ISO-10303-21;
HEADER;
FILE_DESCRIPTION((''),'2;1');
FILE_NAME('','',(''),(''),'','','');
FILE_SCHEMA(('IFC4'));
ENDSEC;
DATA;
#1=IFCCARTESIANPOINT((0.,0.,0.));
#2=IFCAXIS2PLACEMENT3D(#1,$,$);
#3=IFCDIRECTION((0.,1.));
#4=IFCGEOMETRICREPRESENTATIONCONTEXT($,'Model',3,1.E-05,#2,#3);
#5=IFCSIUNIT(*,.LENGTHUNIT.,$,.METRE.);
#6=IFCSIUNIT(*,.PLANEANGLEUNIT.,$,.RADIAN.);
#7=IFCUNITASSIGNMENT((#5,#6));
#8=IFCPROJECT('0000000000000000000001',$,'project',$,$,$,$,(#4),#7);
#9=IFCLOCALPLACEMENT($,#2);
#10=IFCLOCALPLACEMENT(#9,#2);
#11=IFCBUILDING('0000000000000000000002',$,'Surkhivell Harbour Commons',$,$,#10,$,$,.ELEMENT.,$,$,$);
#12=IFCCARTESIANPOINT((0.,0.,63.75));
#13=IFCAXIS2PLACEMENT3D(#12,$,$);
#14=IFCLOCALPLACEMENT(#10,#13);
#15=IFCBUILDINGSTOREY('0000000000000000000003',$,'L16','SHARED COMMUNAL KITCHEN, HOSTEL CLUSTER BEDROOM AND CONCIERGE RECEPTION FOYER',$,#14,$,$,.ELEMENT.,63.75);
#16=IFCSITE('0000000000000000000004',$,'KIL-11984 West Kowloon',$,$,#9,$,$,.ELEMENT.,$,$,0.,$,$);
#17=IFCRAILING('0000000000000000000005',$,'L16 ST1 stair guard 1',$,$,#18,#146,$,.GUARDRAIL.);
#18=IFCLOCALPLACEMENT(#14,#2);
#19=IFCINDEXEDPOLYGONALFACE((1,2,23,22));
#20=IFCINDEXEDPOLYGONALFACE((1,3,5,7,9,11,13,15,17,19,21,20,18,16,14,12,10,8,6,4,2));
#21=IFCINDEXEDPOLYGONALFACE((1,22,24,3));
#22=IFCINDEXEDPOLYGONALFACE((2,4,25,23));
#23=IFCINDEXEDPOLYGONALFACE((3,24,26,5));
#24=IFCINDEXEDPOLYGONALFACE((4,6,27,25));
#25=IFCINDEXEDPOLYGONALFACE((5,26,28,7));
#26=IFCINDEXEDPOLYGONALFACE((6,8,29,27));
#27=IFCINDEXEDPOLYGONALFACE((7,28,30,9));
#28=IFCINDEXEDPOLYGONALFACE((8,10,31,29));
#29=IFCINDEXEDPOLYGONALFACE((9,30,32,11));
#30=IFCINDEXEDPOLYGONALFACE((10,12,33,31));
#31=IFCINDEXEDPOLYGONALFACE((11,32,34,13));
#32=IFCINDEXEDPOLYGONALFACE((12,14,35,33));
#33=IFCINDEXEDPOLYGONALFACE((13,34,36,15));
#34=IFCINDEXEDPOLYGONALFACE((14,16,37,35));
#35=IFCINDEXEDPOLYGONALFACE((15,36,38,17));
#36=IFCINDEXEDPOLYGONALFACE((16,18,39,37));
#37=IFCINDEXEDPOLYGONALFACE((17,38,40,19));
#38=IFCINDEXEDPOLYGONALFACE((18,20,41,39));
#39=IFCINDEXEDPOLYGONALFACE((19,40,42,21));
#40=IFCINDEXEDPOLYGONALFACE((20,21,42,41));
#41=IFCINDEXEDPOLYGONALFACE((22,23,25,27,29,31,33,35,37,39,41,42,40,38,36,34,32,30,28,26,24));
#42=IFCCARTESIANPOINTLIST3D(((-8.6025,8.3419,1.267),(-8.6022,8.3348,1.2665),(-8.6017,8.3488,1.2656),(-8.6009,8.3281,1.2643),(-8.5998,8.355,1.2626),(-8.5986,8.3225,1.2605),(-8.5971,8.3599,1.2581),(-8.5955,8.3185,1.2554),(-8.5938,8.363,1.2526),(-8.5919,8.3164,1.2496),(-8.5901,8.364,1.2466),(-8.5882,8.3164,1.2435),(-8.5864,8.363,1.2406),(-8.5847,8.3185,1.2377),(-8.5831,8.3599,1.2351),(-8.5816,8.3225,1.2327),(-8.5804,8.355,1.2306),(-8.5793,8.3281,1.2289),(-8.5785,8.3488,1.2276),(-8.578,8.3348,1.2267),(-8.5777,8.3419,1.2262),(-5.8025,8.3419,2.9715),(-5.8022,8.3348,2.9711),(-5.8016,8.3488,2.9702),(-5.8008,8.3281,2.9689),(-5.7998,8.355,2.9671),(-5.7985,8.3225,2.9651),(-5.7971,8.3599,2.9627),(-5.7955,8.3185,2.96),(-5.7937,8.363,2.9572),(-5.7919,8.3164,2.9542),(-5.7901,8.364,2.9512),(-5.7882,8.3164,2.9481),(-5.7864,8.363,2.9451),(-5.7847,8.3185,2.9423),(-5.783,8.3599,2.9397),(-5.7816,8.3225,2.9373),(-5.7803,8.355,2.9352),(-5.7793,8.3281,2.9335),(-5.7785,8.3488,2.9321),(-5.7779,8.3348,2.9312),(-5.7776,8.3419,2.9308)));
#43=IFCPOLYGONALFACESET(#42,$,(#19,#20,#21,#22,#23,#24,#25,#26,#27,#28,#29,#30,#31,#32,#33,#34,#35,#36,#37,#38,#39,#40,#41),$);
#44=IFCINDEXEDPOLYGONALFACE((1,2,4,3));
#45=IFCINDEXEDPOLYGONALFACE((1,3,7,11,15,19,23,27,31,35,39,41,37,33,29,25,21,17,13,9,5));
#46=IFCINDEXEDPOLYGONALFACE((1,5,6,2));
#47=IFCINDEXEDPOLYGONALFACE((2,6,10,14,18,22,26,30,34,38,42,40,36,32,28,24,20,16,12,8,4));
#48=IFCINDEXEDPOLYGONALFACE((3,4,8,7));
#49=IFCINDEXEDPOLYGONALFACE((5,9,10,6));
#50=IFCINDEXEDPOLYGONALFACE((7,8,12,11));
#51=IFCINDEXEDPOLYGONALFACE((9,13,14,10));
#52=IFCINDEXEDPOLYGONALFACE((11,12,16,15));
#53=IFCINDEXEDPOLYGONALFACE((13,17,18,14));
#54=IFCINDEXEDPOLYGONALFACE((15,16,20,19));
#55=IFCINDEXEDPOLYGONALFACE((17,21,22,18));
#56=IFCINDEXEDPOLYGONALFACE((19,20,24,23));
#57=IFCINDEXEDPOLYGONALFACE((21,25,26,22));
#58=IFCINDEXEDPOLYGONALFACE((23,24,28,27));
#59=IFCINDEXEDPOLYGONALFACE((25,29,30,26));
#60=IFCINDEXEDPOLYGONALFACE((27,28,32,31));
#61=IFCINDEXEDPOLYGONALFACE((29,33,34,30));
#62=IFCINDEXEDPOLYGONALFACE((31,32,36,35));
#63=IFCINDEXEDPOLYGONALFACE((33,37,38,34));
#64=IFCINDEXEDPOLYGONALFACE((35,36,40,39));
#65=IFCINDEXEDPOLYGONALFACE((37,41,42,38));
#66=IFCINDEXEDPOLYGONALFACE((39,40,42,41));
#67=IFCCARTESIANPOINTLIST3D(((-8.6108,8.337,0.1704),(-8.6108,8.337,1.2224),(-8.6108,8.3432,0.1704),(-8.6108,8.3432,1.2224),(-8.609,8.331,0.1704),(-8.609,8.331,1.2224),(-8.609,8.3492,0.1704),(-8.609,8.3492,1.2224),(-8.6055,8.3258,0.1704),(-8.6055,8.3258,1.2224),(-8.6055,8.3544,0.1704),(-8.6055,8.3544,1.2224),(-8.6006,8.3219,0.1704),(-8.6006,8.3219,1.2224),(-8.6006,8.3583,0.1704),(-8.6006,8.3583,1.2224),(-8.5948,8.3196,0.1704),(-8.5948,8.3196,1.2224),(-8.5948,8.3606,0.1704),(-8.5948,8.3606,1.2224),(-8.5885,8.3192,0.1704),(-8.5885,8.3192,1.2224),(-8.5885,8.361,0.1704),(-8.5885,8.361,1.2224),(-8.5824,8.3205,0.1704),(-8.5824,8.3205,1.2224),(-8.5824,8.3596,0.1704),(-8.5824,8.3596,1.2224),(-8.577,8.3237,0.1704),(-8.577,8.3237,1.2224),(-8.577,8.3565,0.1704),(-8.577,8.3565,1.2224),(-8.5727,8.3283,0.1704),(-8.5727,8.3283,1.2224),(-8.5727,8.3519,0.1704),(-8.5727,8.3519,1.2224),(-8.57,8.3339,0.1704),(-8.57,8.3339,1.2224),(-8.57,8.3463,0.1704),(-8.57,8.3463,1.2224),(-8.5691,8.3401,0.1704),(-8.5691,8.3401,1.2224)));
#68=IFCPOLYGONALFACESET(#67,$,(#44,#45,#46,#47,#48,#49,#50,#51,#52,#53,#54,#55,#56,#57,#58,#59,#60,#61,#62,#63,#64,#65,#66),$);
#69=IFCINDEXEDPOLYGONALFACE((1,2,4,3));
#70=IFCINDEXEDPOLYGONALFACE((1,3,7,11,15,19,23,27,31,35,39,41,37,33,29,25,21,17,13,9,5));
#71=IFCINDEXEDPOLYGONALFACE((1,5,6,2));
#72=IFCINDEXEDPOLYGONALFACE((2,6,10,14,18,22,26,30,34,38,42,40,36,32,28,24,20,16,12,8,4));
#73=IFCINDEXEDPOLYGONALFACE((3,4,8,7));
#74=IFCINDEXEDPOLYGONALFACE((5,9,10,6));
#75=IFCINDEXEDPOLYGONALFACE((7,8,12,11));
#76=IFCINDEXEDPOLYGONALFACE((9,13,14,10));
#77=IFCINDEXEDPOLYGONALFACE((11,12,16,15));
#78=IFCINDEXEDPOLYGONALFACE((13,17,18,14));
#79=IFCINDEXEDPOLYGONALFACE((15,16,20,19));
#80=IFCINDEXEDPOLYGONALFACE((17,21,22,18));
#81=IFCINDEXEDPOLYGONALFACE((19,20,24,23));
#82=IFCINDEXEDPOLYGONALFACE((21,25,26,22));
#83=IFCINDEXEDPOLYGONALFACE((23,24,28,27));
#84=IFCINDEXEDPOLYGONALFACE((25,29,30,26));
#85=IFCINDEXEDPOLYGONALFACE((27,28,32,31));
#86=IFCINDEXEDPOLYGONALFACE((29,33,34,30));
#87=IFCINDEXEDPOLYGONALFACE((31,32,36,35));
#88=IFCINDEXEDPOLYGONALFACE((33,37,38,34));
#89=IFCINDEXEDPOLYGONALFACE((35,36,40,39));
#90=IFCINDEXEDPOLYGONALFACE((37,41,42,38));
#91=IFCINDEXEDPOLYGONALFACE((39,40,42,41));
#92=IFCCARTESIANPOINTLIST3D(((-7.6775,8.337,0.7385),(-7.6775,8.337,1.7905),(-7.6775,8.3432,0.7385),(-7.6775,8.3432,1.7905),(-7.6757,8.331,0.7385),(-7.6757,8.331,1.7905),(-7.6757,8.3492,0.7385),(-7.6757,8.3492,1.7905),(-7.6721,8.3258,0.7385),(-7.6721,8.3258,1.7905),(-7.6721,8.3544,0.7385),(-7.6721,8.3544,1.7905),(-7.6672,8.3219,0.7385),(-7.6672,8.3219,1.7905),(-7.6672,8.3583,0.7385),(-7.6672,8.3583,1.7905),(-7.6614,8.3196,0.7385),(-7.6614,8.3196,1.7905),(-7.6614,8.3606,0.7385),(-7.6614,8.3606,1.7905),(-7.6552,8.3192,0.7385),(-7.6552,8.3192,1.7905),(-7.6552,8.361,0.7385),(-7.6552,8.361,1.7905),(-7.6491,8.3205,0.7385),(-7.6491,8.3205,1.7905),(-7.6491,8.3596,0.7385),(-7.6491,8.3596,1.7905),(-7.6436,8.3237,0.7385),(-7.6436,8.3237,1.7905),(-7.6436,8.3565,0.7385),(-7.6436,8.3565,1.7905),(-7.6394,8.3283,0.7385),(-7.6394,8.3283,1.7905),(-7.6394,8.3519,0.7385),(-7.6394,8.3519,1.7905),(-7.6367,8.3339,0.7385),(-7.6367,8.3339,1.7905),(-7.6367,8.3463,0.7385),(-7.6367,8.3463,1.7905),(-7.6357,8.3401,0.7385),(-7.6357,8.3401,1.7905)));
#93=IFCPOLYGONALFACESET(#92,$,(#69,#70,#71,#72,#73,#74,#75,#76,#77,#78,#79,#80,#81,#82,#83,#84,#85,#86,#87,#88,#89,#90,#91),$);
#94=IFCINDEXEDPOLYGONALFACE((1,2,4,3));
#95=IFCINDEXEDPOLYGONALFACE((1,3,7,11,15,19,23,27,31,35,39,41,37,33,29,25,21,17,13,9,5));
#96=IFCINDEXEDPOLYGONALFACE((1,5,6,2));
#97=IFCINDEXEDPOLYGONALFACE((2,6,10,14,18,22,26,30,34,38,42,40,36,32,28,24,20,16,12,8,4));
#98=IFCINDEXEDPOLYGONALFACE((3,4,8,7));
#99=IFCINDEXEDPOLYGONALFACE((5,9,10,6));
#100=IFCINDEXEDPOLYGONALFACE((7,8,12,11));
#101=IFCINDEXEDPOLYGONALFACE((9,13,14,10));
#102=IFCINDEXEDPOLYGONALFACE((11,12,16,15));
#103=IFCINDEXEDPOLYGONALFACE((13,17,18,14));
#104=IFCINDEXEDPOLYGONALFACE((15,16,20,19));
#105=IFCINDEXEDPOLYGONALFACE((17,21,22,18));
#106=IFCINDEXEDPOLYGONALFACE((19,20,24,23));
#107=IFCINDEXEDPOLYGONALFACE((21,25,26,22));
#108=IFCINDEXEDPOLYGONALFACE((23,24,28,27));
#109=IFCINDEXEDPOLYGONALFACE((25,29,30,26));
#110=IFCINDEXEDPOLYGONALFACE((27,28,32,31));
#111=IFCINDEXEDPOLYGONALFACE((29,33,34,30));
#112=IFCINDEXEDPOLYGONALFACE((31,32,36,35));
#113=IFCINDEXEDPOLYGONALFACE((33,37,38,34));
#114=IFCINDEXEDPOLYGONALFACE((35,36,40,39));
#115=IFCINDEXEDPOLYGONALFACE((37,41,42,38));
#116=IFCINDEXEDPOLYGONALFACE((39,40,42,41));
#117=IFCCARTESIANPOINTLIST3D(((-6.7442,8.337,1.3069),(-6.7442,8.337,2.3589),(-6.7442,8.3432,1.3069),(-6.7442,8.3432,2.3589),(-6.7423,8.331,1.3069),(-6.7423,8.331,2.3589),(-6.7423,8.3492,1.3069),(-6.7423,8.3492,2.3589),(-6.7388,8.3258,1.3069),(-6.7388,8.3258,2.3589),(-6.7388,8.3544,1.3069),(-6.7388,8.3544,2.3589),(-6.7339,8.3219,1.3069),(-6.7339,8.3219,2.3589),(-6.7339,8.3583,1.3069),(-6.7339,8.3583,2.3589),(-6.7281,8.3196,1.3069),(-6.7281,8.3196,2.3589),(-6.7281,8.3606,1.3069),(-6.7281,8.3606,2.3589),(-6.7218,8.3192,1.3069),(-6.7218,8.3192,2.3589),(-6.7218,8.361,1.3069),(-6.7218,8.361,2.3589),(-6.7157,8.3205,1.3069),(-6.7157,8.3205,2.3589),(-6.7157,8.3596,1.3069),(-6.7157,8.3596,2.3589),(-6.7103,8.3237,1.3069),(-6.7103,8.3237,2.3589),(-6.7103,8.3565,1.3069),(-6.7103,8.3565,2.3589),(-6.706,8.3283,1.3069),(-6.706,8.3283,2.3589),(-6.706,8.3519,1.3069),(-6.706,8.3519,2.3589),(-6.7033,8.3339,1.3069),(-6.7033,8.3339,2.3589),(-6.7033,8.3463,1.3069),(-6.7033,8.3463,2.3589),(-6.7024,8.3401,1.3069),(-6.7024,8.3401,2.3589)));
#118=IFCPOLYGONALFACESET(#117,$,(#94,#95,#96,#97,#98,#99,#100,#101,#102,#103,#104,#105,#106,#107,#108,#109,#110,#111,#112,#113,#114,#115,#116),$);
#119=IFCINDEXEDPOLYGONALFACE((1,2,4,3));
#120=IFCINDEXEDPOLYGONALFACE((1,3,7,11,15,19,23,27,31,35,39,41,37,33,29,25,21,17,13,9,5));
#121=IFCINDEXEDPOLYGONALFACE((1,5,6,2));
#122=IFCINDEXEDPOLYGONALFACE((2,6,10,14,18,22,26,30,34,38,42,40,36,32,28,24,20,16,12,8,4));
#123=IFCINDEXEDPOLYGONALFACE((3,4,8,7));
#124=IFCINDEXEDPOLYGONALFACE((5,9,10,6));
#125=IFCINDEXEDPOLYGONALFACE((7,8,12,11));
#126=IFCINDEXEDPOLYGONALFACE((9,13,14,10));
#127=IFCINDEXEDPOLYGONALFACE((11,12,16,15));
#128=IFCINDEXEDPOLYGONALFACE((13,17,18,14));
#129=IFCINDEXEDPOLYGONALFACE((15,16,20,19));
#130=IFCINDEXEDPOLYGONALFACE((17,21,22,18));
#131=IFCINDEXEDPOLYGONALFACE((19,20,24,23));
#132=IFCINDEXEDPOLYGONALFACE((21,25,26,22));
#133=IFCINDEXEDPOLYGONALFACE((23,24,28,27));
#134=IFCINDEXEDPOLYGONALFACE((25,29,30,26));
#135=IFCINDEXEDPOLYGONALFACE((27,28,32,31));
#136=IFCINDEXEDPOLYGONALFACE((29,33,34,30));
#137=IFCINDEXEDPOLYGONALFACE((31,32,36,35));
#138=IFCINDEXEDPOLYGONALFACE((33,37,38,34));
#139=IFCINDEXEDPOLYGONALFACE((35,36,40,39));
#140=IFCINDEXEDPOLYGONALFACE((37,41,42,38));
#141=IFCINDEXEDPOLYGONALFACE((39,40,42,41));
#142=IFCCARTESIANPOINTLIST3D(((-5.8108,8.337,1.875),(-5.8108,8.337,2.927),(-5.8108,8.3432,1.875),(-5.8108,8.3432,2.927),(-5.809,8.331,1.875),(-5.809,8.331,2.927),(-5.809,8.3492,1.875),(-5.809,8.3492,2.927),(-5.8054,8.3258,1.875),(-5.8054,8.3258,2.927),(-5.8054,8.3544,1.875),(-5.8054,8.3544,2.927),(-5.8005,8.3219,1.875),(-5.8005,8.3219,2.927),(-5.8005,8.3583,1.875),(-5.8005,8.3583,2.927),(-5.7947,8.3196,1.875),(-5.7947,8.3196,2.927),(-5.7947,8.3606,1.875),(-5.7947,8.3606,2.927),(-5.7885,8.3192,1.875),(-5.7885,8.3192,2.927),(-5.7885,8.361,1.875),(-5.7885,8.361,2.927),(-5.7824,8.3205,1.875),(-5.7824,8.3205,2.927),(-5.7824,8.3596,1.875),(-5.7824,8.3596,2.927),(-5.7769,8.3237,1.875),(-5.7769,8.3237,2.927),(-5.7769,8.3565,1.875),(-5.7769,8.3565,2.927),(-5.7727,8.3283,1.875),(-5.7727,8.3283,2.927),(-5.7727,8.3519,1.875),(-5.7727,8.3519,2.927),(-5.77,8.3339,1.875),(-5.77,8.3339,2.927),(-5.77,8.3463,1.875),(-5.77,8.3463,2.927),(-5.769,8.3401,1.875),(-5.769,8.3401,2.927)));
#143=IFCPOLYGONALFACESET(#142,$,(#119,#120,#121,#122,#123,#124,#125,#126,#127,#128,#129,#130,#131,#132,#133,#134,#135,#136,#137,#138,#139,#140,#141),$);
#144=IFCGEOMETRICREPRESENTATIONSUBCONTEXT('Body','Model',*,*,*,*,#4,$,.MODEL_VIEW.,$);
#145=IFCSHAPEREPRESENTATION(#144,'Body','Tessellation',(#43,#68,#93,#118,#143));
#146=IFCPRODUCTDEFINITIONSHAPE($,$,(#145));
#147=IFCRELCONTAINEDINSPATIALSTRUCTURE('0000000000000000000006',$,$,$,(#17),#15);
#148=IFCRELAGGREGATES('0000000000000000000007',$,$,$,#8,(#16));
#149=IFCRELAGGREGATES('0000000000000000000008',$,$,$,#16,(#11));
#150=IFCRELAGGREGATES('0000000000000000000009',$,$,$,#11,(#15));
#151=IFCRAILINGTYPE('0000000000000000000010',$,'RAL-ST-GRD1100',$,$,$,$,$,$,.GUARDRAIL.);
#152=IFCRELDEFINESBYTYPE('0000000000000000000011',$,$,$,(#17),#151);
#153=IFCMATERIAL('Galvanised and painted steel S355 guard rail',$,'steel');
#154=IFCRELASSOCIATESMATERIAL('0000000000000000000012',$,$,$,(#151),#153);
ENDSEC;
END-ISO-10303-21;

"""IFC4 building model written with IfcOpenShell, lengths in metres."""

from ifc_helpers import new_model, si_unit, direction, frame, origin, origin_2d, place, context, subcontext, project, spatial, circle, extrude, material, type_object, element, save


model = new_model("IFC4")

# Units and contexts
model_context = context("Model", 3, precision=1e-05, world=origin(), true_north=direction((0.0, 1.0)))
body_context = subcontext(model_context, "Body", "Model", "MODEL_VIEW")
ifc_project = project(units=[si_unit("LENGTHUNIT", "METRE"), si_unit("PLANEANGLEUNIT", "RADIAN")], contexts=[model_context])

# Site, building, storey
site_placement = place(None, origin())
site = spatial("IfcSite", under=ifc_project, at=site_placement, Name="KIL-11984 West Kowloon", CompositionType="ELEMENT", RefElevation=0.0)
building_placement = place(site_placement, origin())
building = spatial("IfcBuilding", under=site, at=building_placement, Name="Surkhivell Harbour Commons", CompositionType="ELEMENT")
storey_placement = place(building_placement, frame((0.0, 0.0, 63.75)))
storey = spatial("IfcBuildingStorey", under=building, at=storey_placement, Name="L16", Description="SHARED COMMUNAL KITCHEN, HOSTEL CLUSTER BEDROOM AND CONCIERGE RECEPTION FOYER", CompositionType="ELEMENT", Elevation=63.75)

# Railing
ifc_material_1 = material(Name="Galvanised and painted steel S355 guard rail", Category="steel")
railing_type_1 = type_object("IfcRailingType", Name="RAL-ST-GRD1100", PredefinedType="GUARDRAIL", material=ifc_material_1)
railing_1_placement = place(storey_placement, frame((-8.5901, 8.3401, 0.1704)))
element("IfcRailing", 1, at=railing_1_placement, inside=storey, type_object=railing_type_1, Name="L16 ST1 stair guard 1", PredefinedType="GUARDRAIL", context=body_context, shape_type="SweptSolid", body=[
    extrude(circle(Radius=0.0239, at=origin_2d()), frame((0.0, 0.0, 1.0762), z_axis=(0.85417, 0.0, 0.519994), x_axis=(0.0, 1.0, 0.0)), (0.0, 0.0, 1.0), 3.2781),
    extrude(circle(Radius=0.021, at=origin_2d()), origin(), (0.0, 0.0, 1.0), 1.052),
    extrude(circle(Radius=0.021, at=origin_2d()), frame((0.9333, 0.0, 0.5681)), (0.0, 0.0, 1.0), 1.052),
    extrude(circle(Radius=0.021, at=origin_2d()), frame((1.8667, 0.0, 1.1365)), (0.0, 0.0, 1.0), 1.052),
    extrude(circle(Radius=0.021, at=origin_2d()), frame((2.8, 0.0, 1.7046)), (0.0, 0.0, 1.0), 1.052),
])

save(model, "model.ifc")
